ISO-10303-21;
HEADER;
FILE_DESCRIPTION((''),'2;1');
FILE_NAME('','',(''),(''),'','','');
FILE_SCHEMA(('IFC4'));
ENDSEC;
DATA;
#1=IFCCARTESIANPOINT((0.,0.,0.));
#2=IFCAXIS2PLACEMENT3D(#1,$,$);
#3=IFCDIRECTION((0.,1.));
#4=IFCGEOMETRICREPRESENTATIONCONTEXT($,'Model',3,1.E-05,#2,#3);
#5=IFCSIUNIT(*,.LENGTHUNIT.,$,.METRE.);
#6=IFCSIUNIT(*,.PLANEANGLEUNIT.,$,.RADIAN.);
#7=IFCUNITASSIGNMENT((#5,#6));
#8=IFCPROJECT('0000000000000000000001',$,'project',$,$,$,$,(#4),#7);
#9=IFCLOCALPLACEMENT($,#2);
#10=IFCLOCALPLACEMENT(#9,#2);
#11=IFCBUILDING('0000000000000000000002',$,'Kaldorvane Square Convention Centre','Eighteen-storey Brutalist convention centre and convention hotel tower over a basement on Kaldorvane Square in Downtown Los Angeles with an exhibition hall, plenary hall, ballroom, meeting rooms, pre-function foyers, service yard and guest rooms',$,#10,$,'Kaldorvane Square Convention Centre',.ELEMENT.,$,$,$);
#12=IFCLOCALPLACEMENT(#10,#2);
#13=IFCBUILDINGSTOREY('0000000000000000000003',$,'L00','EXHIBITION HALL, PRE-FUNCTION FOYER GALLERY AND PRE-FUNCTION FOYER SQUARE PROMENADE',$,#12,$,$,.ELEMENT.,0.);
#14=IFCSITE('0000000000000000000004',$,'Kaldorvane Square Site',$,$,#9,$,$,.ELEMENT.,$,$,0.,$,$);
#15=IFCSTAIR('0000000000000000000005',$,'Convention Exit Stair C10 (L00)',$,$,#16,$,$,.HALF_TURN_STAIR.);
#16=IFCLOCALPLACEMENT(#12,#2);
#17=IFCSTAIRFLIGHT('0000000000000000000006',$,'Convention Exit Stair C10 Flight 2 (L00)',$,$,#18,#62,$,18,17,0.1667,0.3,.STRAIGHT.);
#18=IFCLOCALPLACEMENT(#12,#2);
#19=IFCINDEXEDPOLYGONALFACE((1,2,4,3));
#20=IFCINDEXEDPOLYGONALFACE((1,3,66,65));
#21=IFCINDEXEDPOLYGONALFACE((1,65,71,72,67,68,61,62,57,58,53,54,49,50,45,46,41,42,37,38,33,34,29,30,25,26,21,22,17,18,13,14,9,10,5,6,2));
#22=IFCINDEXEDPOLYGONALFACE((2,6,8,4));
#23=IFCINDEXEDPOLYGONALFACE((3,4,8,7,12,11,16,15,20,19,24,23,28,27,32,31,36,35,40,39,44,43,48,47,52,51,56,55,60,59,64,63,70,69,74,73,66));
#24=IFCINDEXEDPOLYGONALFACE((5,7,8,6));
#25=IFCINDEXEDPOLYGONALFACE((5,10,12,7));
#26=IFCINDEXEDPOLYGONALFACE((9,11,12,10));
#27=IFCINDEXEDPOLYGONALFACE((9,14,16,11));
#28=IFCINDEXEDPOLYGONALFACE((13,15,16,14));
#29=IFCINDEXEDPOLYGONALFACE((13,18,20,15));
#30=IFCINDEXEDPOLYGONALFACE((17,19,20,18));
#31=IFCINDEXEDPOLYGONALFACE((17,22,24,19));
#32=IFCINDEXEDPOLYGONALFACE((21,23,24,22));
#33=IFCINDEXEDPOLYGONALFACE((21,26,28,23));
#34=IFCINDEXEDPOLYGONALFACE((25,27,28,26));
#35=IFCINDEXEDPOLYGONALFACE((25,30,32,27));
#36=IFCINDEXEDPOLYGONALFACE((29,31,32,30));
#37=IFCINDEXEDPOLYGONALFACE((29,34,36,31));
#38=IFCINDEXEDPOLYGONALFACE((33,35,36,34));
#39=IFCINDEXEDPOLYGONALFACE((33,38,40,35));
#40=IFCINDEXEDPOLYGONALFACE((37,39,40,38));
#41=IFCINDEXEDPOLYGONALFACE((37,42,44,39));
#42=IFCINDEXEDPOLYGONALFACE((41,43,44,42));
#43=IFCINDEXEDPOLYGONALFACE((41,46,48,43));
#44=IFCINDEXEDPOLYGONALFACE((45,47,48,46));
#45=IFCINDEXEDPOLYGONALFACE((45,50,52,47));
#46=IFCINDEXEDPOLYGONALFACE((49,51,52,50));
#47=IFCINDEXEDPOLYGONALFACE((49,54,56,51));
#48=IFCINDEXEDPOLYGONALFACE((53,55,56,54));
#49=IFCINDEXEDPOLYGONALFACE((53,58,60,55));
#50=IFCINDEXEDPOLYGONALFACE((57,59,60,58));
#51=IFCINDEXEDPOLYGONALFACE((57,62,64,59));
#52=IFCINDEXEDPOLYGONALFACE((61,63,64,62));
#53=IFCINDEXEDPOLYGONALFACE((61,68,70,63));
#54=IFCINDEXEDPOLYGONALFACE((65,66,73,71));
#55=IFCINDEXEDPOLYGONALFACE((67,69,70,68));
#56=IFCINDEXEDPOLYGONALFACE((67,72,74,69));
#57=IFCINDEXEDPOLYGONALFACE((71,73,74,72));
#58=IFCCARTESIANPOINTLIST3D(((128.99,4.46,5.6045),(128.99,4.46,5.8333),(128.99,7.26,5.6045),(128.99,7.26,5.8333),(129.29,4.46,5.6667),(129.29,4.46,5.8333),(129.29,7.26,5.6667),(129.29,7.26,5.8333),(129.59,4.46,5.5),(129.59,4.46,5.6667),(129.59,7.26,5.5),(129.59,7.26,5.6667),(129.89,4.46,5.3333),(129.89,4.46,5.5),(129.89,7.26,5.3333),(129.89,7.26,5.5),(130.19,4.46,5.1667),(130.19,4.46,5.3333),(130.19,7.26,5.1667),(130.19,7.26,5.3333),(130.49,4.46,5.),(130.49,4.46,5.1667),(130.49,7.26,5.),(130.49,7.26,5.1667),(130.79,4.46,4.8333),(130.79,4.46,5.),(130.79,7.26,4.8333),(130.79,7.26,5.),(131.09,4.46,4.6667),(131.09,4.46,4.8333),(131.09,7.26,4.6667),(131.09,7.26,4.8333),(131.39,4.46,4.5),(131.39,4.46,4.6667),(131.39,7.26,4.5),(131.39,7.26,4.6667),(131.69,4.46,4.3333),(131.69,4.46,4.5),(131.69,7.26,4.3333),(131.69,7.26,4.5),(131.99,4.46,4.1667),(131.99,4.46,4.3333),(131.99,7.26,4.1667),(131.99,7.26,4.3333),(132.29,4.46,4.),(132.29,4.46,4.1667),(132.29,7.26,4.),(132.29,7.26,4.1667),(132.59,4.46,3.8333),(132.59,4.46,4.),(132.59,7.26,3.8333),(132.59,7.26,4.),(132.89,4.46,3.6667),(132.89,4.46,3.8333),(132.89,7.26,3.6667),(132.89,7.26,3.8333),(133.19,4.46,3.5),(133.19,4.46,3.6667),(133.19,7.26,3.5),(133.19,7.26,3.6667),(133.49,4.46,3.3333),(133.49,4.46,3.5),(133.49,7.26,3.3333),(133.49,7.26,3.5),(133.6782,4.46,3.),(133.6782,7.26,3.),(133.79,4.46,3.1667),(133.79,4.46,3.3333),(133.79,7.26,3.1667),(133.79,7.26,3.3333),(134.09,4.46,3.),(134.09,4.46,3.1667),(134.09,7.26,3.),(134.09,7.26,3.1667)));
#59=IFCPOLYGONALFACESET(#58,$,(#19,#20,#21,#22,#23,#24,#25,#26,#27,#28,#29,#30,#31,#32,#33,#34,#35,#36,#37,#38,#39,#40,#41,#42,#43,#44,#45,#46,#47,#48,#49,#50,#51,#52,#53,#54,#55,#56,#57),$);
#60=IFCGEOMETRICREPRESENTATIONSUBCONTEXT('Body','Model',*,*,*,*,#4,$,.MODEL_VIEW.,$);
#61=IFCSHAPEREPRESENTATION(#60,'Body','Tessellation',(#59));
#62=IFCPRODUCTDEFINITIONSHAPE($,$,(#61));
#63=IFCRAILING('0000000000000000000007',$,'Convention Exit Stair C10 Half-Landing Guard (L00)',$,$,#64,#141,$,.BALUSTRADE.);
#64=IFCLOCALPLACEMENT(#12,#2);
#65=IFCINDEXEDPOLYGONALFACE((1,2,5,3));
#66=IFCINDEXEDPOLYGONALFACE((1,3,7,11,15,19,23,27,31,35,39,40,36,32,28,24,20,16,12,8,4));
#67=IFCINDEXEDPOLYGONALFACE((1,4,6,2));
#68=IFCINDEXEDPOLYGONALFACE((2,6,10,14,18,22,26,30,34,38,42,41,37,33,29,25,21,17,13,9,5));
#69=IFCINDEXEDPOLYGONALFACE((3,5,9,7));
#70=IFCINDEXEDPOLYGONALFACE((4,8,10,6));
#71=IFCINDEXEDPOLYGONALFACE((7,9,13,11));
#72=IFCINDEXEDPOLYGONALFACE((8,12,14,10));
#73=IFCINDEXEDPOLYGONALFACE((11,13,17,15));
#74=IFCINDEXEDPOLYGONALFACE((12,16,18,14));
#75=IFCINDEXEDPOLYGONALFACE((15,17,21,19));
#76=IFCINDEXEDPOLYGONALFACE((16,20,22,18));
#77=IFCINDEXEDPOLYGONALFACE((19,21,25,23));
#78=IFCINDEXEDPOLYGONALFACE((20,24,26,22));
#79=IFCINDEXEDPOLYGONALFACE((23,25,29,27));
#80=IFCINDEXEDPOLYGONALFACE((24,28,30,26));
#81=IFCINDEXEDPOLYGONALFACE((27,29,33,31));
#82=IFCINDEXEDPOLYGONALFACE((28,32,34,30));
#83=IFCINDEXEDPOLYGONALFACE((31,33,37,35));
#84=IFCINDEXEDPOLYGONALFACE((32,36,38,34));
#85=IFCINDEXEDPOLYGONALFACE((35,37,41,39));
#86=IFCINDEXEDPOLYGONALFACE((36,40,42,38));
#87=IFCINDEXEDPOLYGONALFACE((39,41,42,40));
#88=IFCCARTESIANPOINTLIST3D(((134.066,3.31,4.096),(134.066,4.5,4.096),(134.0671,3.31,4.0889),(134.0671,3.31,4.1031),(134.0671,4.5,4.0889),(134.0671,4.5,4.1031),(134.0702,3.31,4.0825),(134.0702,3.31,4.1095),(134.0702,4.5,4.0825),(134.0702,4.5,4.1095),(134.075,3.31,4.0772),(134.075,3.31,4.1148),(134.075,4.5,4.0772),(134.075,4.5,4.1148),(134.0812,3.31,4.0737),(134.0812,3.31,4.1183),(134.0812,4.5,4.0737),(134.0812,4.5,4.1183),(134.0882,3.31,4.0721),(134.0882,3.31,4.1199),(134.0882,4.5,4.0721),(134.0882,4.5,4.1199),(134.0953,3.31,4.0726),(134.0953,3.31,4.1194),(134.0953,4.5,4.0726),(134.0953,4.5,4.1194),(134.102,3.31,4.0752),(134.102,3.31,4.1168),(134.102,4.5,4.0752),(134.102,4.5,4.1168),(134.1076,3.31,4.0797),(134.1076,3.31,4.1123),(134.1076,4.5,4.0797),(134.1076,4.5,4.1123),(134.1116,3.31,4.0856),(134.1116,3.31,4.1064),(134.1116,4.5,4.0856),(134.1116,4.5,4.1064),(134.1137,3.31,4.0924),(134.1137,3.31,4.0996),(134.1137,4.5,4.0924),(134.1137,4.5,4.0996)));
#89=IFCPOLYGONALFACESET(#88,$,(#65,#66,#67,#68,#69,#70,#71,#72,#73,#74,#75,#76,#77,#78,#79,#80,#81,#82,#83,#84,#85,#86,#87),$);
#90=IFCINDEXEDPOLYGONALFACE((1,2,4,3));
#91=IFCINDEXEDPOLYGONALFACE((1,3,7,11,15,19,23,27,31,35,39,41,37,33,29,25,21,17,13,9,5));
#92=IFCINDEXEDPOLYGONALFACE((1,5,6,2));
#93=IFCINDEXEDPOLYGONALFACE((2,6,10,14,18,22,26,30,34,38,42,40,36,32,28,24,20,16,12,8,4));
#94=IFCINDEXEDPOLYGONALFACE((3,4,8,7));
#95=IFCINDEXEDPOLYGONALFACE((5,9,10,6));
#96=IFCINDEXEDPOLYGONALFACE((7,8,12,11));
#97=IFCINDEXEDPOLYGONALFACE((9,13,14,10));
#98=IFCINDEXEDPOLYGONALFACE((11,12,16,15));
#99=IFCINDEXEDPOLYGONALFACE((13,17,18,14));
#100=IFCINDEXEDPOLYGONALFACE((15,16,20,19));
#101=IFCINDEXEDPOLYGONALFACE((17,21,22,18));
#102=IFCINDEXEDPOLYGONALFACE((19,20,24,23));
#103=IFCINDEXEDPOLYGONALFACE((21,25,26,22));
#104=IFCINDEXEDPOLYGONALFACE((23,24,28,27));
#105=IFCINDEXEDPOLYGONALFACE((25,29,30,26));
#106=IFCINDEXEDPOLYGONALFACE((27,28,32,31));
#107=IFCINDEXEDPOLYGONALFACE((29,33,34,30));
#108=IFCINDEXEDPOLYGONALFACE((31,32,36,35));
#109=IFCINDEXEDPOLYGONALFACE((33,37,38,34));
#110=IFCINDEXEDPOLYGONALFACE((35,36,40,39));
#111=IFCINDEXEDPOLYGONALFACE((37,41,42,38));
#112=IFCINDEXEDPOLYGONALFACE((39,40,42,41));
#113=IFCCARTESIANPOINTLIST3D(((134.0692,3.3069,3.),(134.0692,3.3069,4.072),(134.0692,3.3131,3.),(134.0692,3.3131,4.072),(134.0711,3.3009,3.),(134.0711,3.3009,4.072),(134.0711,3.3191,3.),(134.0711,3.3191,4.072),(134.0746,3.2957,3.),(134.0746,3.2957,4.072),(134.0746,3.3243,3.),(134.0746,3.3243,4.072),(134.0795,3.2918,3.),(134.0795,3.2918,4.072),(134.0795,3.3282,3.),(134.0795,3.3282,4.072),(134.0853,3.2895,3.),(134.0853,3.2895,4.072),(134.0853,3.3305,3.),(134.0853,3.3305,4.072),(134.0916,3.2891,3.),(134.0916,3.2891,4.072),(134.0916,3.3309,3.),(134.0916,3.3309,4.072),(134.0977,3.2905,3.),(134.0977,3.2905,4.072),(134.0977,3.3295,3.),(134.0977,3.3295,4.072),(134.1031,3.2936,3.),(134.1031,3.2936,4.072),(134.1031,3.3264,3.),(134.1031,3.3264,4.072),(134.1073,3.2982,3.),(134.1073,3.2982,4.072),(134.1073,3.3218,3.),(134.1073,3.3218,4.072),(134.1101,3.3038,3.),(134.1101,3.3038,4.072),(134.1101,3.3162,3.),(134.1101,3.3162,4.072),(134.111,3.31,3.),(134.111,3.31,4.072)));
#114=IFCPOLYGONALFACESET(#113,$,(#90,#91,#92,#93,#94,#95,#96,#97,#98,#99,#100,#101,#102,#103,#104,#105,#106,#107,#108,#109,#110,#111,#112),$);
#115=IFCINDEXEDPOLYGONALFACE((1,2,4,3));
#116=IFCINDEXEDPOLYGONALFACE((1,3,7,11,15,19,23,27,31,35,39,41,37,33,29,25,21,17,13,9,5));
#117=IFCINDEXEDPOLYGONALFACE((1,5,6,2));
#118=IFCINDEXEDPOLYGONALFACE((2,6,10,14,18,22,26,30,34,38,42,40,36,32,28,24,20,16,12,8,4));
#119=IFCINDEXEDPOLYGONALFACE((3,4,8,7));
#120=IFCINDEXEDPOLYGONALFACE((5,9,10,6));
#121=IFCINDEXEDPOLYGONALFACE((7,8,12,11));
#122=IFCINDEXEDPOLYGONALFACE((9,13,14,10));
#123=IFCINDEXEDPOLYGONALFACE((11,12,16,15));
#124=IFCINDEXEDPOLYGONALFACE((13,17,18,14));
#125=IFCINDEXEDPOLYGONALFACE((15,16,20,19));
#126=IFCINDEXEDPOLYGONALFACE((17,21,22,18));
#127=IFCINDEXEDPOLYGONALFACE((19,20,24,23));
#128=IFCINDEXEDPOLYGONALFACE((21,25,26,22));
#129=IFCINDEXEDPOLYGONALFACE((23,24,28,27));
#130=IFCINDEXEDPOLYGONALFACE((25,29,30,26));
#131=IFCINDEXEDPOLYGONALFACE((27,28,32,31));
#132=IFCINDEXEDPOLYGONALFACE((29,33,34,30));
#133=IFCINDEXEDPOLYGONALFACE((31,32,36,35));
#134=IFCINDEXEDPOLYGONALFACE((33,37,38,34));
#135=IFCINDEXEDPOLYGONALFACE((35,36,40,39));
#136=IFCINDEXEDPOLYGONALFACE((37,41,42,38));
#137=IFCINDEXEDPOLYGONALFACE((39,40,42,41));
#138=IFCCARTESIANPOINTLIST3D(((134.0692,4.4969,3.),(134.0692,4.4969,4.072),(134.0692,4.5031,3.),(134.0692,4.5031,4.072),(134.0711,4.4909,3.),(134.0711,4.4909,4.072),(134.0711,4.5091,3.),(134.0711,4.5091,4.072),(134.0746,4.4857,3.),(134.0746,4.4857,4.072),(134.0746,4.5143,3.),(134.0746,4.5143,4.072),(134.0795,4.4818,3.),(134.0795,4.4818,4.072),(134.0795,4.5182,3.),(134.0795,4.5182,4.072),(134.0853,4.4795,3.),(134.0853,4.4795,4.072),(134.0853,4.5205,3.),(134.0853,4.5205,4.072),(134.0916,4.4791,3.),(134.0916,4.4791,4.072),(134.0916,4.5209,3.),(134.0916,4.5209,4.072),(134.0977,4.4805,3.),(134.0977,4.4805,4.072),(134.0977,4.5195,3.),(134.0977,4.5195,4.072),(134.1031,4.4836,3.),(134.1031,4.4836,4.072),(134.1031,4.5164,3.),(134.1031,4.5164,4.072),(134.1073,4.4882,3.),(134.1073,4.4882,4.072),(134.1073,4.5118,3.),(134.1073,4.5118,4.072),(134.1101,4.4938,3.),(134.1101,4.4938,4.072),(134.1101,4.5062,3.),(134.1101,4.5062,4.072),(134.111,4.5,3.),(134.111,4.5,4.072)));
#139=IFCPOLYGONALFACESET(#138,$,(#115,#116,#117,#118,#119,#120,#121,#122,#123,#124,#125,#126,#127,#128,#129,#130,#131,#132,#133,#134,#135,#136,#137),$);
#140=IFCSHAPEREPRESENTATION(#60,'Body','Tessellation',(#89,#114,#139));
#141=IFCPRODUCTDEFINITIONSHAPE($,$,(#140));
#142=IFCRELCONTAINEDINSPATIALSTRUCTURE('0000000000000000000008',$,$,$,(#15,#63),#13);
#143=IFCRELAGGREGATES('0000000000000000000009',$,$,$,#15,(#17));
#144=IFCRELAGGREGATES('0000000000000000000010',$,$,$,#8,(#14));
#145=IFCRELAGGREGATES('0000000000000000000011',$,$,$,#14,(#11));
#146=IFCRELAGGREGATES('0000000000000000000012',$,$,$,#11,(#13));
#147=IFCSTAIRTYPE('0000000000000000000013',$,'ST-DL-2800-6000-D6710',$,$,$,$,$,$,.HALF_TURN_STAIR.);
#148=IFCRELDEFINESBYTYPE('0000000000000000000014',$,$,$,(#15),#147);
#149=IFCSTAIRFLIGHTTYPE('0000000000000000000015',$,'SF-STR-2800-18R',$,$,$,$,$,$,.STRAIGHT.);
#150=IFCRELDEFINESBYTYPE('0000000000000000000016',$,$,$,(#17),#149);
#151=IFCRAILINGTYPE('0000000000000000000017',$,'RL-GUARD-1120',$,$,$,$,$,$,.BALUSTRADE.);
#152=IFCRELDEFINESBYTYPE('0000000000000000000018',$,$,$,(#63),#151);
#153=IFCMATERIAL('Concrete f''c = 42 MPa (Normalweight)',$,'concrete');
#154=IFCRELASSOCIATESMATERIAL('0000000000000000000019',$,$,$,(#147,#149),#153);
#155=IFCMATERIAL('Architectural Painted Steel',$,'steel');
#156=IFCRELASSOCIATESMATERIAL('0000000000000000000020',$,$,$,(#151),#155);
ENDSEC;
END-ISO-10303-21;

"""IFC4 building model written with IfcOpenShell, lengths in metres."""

from ifc_helpers import new_model, si_unit, direction, frame, origin, origin_2d, place, context, subcontext, project, spatial, polyline, circle, outline, extrude, material, type_object, element, aggregate, save


model = new_model("IFC4")

# Units and contexts
model_context = context("Model", 3, precision=1e-05, world=origin(), true_north=direction((0.0, 1.0)))
body_context = subcontext(model_context, "Body", "Model", "MODEL_VIEW")
ifc_project = project(units=[si_unit("LENGTHUNIT", "METRE"), si_unit("PLANEANGLEUNIT", "RADIAN")], contexts=[model_context])

# Site, building, storey
site_placement = place(None, origin())
site = spatial("IfcSite", under=ifc_project, at=site_placement, Name="Kaldorvane Square Site", CompositionType="ELEMENT", RefElevation=0.0)
building_placement = place(site_placement, origin())
building = spatial("IfcBuilding", under=site, at=building_placement, Name="Kaldorvane Square Convention Centre", Description="Eighteen-storey Brutalist convention centre and convention hotel tower over a basement on Kaldorvane Square in Downtown Los Angeles with an exhibition hall, plenary hall, ballroom, meeting rooms, pre-function foyers, service yard and guest rooms", LongName="Kaldorvane Square Convention Centre", CompositionType="ELEMENT")
storey_placement = place(building_placement, origin())
storey = spatial("IfcBuildingStorey", under=building, at=storey_placement, Name="L00", Description="EXHIBITION HALL, PRE-FUNCTION FOYER GALLERY AND PRE-FUNCTION FOYER SQUARE PROMENADE", CompositionType="ELEMENT", Elevation=0.0)

# Shared definitions
ifc_material_1 = material(Name="Concrete f'c = 42 MPa (Normalweight)", Category="concrete")

# Stair, stair flight
stair_type = type_object("IfcStairType", Name="ST-DL-2800-6000-D6710", PredefinedType="HALF_TURN_STAIR", material=ifc_material_1)
stair_placement = place(storey_placement, origin())
stair = element("IfcStair", 1, at=stair_placement, inside=storey, type_object=stair_type, Name="Convention Exit Stair C10 (L00)", PredefinedType="HALF_TURN_STAIR")
stair_flight_type = type_object("IfcStairFlightType", Name="SF-STR-2800-18R", PredefinedType="STRAIGHT", material=ifc_material_1)
stair_flight_placement = place(storey_placement, frame((134.09, 5.86, 3.0), z_axis=(0.0, 0.0, 1.0), x_axis=(-1.0, 0.0, 0.0)))
stair_flight = element("IfcStairFlight", 2, at=stair_flight_placement, type_object=stair_flight_type, Name="Convention Exit Stair C10 Flight 2 (L00)", NumberOfRisers=18, NumberOfTreads=17, PredefinedType="STRAIGHT", RiserHeight=0.1667, TreadLength=0.3, context=body_context, shape_type="SweptSolid", body=[
    extrude(outline(polyline([(0.0, 0.0), (0.0, 0.1667), (0.3, 0.1667), (0.3, 0.3333), (0.6, 0.3333), (0.6, 0.5), (0.9, 0.5), (0.9, 0.6667), (1.2, 0.6667), (1.2, 0.8333), (1.5, 0.8333), (1.5, 1.0), (1.8, 1.0), (1.8, 1.1667), (2.1, 1.1667), (2.1, 1.3333), (2.4, 1.3333), (2.4, 1.5), (2.7, 1.5), (2.7, 1.6667), (3.0, 1.6667), (3.0, 1.8333), (3.3, 1.8333), (3.3, 2.0), (3.6, 2.0), (3.6, 2.1667), (3.9, 2.1667), (3.9, 2.3333), (4.2, 2.3333), (4.2, 2.5), (4.5, 2.5), (4.5, 2.6667), (4.8, 2.6667), (4.8, 2.8333), (5.1, 2.8333), (5.1, 3.0), (5.1, 2.6045), (0.4118, 0.0), (0.0, 0.0)])), frame((0.0, 1.4, 0.0), z_axis=(0.0, -1.0, 0.0), x_axis=(1.0, 0.0, 0.0)), (0.0, 0.0, 1.0), 2.8),
])
aggregate(stair, [stair_flight])

# Railing
ifc_material_2 = material(Name="Architectural Painted Steel", Category="steel")
railing_type_1 = type_object("IfcRailingType", Name="RL-GUARD-1120", PredefinedType="BALUSTRADE", material=ifc_material_2)
railing_1_placement = place(storey_placement, frame((134.09, 3.31, 3.0)))
element("IfcRailing", 3, at=railing_1_placement, inside=storey, type_object=railing_type_1, Name="Convention Exit Stair C10 Half-Landing Guard (L00)", PredefinedType="BALUSTRADE", context=body_context, shape_type="SweptSolid", body=[
    extrude(circle(Radius=0.024, at=origin_2d()), frame((0.0, 0.0, 1.096), z_axis=(0.0, 1.0, 0.0), x_axis=(-1.0, 0.0, 0.0)), (0.0, 0.0, 1.0), 1.19),
    extrude(circle(Radius=0.021, at=origin_2d()), origin(), (0.0, 0.0, 1.0), 1.072),
    extrude(circle(Radius=0.021, at=origin_2d()), frame((0.0, 1.19, 0.0)), (0.0, 0.0, 1.0), 1.072),
])

save(model, "model.ifc")
